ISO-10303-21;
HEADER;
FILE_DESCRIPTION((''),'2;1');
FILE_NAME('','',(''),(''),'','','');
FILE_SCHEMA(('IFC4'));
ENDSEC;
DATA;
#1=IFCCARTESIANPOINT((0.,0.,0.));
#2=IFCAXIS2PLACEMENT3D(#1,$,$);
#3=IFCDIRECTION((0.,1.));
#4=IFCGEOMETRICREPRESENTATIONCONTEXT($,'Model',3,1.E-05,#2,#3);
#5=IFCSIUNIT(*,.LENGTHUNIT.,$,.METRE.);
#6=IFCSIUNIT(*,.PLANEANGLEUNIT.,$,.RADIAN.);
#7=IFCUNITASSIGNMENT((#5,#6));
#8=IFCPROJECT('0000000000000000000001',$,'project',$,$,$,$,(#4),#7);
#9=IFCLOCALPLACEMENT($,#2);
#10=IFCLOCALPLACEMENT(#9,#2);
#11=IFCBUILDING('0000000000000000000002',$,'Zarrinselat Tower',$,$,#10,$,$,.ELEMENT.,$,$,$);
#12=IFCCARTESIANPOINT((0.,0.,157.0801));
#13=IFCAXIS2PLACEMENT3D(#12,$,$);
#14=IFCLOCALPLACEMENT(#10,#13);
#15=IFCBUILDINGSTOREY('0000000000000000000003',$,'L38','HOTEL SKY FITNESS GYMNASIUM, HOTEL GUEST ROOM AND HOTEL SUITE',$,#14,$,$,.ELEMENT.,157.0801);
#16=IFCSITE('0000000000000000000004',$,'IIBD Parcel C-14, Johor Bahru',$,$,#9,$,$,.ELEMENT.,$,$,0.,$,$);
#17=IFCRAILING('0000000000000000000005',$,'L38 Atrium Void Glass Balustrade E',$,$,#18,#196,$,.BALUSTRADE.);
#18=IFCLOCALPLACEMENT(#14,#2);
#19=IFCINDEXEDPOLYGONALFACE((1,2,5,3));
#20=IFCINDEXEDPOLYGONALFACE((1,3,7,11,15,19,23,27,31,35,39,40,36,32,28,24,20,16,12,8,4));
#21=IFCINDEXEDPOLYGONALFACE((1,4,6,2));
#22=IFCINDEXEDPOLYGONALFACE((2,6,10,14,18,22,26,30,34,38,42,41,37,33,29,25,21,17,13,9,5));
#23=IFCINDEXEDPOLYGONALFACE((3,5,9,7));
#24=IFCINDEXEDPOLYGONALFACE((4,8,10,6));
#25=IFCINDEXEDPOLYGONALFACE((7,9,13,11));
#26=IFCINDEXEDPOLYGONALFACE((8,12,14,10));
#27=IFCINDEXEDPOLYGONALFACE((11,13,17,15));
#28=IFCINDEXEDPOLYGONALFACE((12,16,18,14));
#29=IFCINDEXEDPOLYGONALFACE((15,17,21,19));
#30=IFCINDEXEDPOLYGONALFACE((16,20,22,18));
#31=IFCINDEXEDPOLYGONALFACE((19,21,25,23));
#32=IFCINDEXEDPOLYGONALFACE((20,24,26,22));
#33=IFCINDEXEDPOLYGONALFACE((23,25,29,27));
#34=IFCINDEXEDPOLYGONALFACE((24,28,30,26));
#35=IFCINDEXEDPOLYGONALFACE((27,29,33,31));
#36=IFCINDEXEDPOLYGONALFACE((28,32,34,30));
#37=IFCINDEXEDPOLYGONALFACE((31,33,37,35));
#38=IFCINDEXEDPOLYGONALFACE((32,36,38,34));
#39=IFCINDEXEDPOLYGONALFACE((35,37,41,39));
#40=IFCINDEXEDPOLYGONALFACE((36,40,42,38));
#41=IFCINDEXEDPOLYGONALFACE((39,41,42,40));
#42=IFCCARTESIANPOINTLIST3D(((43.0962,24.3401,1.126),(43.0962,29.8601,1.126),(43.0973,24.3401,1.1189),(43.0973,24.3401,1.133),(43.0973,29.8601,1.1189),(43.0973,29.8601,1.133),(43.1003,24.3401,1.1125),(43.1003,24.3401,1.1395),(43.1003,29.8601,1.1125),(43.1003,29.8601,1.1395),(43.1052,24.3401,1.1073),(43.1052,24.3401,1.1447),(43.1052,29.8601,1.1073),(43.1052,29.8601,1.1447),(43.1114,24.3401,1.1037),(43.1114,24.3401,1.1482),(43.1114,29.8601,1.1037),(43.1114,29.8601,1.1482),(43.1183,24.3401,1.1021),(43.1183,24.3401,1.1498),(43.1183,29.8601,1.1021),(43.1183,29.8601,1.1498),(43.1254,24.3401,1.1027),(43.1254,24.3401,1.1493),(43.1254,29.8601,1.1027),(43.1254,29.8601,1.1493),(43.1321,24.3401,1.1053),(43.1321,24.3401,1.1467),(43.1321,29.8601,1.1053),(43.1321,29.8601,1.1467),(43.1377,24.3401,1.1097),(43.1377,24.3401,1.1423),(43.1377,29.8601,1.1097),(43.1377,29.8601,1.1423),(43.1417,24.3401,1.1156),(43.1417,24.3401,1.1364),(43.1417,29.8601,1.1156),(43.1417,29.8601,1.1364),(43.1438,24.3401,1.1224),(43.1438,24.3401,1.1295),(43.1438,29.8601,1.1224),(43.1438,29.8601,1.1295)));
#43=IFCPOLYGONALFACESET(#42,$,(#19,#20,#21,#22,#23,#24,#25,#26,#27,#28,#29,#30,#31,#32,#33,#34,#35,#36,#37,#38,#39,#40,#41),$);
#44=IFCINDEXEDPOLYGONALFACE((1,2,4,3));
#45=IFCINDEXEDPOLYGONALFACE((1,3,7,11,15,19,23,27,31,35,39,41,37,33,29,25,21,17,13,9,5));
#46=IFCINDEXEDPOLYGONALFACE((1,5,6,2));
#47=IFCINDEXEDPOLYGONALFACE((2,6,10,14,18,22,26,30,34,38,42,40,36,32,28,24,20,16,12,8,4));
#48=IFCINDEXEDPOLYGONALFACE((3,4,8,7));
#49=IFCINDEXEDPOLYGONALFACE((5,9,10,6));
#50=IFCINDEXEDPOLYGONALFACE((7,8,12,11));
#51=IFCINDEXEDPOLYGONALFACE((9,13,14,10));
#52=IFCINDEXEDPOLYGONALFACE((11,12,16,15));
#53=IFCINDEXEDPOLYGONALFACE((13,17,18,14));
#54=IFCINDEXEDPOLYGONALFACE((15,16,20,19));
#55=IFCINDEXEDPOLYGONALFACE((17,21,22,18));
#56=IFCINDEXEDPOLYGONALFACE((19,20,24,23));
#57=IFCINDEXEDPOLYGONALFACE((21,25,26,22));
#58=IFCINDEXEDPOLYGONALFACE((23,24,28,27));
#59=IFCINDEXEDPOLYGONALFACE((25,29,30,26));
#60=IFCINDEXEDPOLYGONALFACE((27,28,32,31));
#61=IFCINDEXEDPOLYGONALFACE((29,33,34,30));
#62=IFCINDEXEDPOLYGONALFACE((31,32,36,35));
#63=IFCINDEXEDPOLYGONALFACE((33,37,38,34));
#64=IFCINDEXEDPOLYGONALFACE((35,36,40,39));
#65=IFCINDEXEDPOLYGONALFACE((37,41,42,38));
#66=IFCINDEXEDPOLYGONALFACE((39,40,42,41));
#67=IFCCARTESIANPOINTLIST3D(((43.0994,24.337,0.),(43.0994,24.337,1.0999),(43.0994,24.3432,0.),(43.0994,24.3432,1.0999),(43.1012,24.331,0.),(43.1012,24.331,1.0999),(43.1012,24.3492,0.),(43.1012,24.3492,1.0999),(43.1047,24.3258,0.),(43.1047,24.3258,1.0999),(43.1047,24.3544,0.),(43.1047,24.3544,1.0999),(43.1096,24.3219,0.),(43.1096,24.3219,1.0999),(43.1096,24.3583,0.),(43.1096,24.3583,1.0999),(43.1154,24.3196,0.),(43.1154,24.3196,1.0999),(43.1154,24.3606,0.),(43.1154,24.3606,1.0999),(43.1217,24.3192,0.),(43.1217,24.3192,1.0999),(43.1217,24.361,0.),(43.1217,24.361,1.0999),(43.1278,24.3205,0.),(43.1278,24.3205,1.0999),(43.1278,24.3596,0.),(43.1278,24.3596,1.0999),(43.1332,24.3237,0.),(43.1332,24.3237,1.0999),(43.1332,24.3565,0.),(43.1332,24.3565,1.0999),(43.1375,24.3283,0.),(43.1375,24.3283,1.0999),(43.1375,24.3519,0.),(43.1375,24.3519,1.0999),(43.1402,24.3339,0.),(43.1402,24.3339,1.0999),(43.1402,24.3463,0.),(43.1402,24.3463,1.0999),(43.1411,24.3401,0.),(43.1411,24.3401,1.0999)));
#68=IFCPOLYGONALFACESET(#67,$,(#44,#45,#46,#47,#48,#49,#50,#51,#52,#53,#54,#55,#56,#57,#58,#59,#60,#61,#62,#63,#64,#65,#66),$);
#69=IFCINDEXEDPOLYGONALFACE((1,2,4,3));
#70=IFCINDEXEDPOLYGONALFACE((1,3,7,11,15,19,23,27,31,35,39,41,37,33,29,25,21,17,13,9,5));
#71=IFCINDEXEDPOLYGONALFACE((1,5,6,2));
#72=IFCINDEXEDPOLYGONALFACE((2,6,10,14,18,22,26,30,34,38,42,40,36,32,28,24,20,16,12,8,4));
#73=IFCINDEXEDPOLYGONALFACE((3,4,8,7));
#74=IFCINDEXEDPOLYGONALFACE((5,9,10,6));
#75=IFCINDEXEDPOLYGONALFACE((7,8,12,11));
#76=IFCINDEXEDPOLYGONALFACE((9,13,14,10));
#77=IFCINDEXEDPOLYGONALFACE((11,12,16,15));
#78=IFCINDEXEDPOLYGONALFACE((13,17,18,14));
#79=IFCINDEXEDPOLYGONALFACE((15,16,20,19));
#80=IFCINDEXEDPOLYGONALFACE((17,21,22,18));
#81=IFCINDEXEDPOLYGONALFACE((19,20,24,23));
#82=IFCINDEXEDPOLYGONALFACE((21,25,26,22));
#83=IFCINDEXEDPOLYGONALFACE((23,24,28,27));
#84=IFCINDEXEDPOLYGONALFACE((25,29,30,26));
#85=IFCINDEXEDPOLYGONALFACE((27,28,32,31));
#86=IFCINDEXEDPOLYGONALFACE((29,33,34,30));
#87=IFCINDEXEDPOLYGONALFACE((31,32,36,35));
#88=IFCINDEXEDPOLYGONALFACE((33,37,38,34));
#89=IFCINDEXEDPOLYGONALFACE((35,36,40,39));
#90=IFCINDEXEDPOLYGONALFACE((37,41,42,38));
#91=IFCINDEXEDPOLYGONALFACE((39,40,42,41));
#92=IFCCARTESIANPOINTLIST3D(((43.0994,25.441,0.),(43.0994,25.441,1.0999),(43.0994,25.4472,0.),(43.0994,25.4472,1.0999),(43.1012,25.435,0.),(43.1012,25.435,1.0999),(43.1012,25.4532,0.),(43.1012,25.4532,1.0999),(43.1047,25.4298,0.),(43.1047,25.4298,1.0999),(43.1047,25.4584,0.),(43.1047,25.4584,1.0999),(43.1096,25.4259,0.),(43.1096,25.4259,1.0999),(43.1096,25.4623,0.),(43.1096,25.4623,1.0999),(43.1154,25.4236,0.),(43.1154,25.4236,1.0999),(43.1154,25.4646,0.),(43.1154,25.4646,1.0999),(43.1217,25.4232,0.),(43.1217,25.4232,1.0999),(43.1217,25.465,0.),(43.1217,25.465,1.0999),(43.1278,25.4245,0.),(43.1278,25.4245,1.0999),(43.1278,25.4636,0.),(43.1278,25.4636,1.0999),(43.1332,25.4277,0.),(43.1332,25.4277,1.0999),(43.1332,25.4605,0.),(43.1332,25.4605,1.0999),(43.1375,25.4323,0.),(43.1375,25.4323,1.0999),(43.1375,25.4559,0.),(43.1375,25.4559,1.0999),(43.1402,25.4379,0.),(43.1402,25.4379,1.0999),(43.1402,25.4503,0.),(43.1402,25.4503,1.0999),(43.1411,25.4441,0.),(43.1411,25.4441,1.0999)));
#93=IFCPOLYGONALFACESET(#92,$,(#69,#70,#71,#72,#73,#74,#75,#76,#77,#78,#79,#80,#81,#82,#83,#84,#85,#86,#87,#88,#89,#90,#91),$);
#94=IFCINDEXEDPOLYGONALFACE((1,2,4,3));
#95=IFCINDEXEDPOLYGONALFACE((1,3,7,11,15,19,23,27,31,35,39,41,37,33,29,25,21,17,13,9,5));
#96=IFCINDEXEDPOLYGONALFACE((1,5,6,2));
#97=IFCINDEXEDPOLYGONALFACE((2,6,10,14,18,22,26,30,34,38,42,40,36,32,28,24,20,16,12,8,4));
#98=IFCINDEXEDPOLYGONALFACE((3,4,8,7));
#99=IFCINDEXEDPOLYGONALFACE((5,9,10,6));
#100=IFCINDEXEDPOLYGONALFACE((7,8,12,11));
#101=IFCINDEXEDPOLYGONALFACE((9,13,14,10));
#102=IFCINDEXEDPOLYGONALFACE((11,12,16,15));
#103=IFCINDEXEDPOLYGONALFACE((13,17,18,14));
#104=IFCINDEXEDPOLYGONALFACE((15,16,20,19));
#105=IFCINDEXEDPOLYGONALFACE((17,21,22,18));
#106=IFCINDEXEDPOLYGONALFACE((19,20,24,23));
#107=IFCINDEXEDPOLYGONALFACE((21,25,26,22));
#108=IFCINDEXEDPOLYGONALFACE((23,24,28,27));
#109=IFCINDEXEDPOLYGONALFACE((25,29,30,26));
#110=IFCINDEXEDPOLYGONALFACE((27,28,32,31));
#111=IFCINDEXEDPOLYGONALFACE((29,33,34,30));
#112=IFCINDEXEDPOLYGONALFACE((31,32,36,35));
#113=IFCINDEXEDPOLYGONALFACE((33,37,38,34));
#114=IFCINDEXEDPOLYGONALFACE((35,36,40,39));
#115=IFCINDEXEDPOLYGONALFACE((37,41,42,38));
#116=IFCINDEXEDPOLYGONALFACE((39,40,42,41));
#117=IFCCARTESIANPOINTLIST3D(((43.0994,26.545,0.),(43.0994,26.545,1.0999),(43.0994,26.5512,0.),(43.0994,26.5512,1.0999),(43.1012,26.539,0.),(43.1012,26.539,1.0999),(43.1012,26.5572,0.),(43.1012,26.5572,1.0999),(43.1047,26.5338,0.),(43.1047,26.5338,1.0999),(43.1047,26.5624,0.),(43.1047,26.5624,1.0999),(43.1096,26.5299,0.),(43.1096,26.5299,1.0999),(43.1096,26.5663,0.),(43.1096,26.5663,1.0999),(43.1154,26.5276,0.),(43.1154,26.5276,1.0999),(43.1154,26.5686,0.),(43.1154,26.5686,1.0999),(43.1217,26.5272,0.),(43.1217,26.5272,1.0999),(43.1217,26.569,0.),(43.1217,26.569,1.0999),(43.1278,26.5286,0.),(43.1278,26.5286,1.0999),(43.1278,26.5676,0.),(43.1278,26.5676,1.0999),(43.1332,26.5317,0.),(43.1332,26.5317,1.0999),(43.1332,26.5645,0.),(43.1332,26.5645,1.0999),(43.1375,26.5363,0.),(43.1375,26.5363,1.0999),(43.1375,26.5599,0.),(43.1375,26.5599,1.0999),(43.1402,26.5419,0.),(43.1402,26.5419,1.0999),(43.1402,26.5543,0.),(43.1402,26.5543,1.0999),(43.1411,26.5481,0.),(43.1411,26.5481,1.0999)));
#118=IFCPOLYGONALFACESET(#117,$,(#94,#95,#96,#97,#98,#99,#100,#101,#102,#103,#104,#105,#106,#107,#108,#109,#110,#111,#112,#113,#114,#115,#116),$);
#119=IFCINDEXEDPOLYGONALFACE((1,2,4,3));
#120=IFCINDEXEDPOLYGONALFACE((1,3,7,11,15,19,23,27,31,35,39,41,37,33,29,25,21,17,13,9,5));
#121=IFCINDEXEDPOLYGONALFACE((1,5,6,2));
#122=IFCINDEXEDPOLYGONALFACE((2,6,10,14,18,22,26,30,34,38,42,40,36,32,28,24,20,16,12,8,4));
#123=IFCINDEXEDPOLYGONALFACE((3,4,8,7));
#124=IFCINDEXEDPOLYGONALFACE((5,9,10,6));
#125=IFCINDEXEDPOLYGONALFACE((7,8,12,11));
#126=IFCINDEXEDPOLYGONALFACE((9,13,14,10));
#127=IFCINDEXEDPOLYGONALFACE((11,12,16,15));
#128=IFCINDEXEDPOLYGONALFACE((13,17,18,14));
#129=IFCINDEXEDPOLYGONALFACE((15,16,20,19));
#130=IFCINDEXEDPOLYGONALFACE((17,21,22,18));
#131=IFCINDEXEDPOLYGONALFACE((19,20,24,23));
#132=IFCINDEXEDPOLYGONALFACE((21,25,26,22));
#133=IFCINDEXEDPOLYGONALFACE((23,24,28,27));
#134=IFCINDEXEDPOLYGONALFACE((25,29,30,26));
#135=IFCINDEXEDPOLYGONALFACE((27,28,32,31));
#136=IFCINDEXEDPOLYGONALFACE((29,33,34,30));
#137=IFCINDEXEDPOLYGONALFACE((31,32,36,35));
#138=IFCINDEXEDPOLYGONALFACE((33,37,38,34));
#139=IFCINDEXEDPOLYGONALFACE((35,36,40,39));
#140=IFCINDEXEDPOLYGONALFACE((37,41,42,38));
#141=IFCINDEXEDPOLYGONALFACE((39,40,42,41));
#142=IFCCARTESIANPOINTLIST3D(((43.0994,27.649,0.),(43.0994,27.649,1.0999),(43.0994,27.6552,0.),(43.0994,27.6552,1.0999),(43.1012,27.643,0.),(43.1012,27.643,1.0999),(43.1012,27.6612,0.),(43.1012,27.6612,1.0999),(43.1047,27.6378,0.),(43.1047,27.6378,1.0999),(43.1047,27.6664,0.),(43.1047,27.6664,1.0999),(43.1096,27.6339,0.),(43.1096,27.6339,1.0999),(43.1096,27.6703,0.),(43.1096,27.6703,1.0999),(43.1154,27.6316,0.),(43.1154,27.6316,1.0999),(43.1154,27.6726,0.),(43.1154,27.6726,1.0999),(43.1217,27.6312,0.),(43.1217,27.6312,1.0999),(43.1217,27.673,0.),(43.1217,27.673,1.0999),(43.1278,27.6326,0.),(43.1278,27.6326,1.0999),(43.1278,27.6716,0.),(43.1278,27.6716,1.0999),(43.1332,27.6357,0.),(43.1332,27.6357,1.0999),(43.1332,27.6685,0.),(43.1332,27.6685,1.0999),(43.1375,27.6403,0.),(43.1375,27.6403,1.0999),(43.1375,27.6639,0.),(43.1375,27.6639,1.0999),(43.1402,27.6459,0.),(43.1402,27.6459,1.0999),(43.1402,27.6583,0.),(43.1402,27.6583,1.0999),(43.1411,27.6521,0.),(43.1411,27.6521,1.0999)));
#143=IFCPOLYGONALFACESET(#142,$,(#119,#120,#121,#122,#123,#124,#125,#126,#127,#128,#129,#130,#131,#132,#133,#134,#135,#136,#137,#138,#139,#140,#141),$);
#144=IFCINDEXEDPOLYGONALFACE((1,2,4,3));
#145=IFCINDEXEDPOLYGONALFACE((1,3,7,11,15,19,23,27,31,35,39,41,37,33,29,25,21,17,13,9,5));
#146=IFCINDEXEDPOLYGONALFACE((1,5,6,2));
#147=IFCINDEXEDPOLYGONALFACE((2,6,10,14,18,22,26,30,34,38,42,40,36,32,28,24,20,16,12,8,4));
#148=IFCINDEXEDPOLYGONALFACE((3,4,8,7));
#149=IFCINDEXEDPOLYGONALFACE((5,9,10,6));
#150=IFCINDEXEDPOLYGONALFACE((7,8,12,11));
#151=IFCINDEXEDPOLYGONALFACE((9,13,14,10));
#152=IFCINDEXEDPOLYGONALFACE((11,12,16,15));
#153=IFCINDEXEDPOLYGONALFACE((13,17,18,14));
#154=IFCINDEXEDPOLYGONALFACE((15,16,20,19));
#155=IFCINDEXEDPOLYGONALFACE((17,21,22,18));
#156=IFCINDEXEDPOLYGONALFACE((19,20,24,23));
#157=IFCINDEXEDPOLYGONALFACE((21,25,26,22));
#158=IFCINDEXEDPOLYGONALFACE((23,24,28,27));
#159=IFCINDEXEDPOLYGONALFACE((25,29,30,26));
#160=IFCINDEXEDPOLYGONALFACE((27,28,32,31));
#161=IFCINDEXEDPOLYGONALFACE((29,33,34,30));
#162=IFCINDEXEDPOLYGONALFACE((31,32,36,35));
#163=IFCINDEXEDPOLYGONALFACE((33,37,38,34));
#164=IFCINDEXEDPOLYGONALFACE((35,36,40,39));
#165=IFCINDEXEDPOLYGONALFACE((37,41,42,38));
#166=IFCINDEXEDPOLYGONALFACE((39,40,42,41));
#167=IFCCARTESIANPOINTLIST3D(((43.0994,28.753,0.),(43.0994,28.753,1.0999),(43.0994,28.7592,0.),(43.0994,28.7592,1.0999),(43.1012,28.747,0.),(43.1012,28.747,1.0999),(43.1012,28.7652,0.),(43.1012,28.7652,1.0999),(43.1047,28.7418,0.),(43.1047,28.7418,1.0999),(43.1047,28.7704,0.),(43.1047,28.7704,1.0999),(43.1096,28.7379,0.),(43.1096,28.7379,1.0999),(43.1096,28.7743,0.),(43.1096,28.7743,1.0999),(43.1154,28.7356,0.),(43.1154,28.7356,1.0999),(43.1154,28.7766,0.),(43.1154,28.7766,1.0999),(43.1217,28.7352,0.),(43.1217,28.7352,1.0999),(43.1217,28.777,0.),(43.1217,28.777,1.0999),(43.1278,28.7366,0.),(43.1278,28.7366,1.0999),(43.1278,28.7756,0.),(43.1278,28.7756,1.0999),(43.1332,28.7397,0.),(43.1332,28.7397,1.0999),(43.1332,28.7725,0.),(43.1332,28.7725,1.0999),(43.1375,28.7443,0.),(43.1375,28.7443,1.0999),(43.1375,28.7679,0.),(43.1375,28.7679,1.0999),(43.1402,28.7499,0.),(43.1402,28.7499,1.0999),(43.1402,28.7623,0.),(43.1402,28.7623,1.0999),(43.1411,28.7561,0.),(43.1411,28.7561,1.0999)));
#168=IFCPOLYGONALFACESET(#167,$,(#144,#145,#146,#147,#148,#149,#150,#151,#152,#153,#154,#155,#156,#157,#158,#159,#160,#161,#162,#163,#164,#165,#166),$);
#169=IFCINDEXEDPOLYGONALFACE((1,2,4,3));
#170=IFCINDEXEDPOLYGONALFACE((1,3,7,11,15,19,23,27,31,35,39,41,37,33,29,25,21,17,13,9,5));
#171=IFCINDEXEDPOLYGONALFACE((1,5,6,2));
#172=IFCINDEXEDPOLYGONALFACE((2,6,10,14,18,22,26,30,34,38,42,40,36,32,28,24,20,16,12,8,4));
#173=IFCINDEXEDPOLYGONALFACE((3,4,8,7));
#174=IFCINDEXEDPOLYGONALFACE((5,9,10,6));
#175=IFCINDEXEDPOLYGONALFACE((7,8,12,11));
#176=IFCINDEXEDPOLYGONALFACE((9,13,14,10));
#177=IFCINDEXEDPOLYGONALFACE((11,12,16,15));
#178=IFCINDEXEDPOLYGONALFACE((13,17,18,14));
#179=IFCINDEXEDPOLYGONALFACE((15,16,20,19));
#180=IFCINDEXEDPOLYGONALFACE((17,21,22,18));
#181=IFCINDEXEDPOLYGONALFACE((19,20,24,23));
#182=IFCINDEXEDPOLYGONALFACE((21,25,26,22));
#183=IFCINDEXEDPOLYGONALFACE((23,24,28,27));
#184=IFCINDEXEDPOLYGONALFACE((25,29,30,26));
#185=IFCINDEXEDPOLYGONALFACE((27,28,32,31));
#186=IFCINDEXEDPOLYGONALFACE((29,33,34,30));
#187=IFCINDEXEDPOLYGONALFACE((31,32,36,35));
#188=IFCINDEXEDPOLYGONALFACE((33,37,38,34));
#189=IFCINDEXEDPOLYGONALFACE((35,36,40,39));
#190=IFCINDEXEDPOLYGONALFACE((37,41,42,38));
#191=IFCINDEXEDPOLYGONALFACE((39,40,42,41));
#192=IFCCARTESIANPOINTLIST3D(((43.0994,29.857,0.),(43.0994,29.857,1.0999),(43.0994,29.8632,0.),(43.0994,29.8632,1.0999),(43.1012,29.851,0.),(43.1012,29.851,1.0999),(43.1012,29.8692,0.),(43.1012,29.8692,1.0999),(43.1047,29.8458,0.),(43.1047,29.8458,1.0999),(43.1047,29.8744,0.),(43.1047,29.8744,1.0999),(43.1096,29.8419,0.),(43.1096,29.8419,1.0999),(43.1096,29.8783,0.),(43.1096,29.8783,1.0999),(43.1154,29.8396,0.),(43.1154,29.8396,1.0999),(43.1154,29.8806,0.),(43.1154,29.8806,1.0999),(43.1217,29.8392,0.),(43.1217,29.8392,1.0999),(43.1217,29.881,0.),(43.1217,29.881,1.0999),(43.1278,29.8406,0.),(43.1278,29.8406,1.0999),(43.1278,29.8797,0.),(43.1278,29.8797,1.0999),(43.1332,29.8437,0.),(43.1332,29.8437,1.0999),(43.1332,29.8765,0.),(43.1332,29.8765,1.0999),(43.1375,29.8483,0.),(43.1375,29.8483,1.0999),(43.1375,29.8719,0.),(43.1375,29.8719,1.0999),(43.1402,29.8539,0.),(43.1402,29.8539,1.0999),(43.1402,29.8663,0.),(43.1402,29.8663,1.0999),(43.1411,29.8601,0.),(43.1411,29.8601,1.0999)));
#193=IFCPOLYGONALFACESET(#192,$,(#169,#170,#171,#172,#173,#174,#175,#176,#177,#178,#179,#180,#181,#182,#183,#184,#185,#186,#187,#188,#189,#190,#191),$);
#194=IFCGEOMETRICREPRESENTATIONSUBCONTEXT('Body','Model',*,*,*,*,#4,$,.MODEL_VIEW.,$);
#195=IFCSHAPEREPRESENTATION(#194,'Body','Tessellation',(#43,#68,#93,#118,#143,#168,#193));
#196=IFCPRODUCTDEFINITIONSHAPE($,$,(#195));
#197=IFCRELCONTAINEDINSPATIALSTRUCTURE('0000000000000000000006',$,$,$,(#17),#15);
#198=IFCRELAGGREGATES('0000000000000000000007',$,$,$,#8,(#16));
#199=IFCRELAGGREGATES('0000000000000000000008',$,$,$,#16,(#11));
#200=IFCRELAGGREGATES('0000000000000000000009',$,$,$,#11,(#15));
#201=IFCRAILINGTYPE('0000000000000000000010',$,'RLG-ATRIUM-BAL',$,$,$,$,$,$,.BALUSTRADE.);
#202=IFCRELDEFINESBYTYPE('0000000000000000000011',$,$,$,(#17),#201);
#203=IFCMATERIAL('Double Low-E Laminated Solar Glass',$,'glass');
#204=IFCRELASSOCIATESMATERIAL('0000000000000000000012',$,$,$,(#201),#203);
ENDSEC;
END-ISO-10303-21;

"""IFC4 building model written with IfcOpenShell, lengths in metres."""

from ifc_helpers import new_model, si_unit, direction, frame, origin, origin_2d, place, context, subcontext, project, spatial, circle, extrude, material, type_object, element, save


model = new_model("IFC4")

# Units and contexts
model_context = context("Model", 3, precision=1e-05, world=origin(), true_north=direction((0.0, 1.0)))
body_context = subcontext(model_context, "Body", "Model", "MODEL_VIEW")
ifc_project = project(units=[si_unit("LENGTHUNIT", "METRE"), si_unit("PLANEANGLEUNIT", "RADIAN")], contexts=[model_context])

# Site, building, storey
site_placement = place(None, origin())
site = spatial("IfcSite", under=ifc_project, at=site_placement, Name="IIBD Parcel C-14, Johor Bahru", CompositionType="ELEMENT", RefElevation=0.0)
building_placement = place(site_placement, origin())
building = spatial("IfcBuilding", under=site, at=building_placement, Name="Zarrinselat Tower", CompositionType="ELEMENT")
storey_placement = place(building_placement, frame((0.0, 0.0, 157.0801)))
storey = spatial("IfcBuildingStorey", under=building, at=storey_placement, Name="L38", Description="HOTEL SKY FITNESS GYMNASIUM, HOTEL GUEST ROOM AND HOTEL SUITE", CompositionType="ELEMENT", Elevation=157.0801)

# Railing
ifc_material_1 = material(Name="Double Low-E Laminated Solar Glass", Category="glass")
railing_type_1 = type_object("IfcRailingType", Name="RLG-ATRIUM-BAL", PredefinedType="BALUSTRADE", material=ifc_material_1)
railing_1_placement = place(storey_placement, frame((43.1201, 24.3401, 0.0)))
element("IfcRailing", 1, at=railing_1_placement, inside=storey, type_object=railing_type_1, Name="L38 Atrium Void Glass Balustrade E", PredefinedType="BALUSTRADE", context=body_context, shape_type="SweptSolid", body=[
    extrude(circle(Radius=0.0239, at=origin_2d()), frame((0.0, 0.0, 1.126), z_axis=(0.0, 1.0, 0.0), x_axis=(-1.0, 0.0, 0.0)), (0.0, 0.0, 1.0), 5.52),
    extrude(circle(Radius=0.021, at=origin_2d()), origin(), (0.0, 0.0, 1.0), 1.0999),
    extrude(circle(Radius=0.021, at=origin_2d()), frame((0.0, 1.104, 0.0)), (0.0, 0.0, 1.0), 1.0999),
    extrude(circle(Radius=0.021, at=origin_2d()), frame((0.0, 2.208, 0.0)), (0.0, 0.0, 1.0), 1.0999),
    extrude(circle(Radius=0.021, at=origin_2d()), frame((0.0, 3.312, 0.0)), (0.0, 0.0, 1.0), 1.0999),
    extrude(circle(Radius=0.021, at=origin_2d()), frame((0.0, 4.416, 0.0)), (0.0, 0.0, 1.0), 1.0999),
    extrude(circle(Radius=0.021, at=origin_2d()), frame((0.0, 5.52, 0.0)), (0.0, 0.0, 1.0), 1.0999),
])

save(model, "model.ifc")
